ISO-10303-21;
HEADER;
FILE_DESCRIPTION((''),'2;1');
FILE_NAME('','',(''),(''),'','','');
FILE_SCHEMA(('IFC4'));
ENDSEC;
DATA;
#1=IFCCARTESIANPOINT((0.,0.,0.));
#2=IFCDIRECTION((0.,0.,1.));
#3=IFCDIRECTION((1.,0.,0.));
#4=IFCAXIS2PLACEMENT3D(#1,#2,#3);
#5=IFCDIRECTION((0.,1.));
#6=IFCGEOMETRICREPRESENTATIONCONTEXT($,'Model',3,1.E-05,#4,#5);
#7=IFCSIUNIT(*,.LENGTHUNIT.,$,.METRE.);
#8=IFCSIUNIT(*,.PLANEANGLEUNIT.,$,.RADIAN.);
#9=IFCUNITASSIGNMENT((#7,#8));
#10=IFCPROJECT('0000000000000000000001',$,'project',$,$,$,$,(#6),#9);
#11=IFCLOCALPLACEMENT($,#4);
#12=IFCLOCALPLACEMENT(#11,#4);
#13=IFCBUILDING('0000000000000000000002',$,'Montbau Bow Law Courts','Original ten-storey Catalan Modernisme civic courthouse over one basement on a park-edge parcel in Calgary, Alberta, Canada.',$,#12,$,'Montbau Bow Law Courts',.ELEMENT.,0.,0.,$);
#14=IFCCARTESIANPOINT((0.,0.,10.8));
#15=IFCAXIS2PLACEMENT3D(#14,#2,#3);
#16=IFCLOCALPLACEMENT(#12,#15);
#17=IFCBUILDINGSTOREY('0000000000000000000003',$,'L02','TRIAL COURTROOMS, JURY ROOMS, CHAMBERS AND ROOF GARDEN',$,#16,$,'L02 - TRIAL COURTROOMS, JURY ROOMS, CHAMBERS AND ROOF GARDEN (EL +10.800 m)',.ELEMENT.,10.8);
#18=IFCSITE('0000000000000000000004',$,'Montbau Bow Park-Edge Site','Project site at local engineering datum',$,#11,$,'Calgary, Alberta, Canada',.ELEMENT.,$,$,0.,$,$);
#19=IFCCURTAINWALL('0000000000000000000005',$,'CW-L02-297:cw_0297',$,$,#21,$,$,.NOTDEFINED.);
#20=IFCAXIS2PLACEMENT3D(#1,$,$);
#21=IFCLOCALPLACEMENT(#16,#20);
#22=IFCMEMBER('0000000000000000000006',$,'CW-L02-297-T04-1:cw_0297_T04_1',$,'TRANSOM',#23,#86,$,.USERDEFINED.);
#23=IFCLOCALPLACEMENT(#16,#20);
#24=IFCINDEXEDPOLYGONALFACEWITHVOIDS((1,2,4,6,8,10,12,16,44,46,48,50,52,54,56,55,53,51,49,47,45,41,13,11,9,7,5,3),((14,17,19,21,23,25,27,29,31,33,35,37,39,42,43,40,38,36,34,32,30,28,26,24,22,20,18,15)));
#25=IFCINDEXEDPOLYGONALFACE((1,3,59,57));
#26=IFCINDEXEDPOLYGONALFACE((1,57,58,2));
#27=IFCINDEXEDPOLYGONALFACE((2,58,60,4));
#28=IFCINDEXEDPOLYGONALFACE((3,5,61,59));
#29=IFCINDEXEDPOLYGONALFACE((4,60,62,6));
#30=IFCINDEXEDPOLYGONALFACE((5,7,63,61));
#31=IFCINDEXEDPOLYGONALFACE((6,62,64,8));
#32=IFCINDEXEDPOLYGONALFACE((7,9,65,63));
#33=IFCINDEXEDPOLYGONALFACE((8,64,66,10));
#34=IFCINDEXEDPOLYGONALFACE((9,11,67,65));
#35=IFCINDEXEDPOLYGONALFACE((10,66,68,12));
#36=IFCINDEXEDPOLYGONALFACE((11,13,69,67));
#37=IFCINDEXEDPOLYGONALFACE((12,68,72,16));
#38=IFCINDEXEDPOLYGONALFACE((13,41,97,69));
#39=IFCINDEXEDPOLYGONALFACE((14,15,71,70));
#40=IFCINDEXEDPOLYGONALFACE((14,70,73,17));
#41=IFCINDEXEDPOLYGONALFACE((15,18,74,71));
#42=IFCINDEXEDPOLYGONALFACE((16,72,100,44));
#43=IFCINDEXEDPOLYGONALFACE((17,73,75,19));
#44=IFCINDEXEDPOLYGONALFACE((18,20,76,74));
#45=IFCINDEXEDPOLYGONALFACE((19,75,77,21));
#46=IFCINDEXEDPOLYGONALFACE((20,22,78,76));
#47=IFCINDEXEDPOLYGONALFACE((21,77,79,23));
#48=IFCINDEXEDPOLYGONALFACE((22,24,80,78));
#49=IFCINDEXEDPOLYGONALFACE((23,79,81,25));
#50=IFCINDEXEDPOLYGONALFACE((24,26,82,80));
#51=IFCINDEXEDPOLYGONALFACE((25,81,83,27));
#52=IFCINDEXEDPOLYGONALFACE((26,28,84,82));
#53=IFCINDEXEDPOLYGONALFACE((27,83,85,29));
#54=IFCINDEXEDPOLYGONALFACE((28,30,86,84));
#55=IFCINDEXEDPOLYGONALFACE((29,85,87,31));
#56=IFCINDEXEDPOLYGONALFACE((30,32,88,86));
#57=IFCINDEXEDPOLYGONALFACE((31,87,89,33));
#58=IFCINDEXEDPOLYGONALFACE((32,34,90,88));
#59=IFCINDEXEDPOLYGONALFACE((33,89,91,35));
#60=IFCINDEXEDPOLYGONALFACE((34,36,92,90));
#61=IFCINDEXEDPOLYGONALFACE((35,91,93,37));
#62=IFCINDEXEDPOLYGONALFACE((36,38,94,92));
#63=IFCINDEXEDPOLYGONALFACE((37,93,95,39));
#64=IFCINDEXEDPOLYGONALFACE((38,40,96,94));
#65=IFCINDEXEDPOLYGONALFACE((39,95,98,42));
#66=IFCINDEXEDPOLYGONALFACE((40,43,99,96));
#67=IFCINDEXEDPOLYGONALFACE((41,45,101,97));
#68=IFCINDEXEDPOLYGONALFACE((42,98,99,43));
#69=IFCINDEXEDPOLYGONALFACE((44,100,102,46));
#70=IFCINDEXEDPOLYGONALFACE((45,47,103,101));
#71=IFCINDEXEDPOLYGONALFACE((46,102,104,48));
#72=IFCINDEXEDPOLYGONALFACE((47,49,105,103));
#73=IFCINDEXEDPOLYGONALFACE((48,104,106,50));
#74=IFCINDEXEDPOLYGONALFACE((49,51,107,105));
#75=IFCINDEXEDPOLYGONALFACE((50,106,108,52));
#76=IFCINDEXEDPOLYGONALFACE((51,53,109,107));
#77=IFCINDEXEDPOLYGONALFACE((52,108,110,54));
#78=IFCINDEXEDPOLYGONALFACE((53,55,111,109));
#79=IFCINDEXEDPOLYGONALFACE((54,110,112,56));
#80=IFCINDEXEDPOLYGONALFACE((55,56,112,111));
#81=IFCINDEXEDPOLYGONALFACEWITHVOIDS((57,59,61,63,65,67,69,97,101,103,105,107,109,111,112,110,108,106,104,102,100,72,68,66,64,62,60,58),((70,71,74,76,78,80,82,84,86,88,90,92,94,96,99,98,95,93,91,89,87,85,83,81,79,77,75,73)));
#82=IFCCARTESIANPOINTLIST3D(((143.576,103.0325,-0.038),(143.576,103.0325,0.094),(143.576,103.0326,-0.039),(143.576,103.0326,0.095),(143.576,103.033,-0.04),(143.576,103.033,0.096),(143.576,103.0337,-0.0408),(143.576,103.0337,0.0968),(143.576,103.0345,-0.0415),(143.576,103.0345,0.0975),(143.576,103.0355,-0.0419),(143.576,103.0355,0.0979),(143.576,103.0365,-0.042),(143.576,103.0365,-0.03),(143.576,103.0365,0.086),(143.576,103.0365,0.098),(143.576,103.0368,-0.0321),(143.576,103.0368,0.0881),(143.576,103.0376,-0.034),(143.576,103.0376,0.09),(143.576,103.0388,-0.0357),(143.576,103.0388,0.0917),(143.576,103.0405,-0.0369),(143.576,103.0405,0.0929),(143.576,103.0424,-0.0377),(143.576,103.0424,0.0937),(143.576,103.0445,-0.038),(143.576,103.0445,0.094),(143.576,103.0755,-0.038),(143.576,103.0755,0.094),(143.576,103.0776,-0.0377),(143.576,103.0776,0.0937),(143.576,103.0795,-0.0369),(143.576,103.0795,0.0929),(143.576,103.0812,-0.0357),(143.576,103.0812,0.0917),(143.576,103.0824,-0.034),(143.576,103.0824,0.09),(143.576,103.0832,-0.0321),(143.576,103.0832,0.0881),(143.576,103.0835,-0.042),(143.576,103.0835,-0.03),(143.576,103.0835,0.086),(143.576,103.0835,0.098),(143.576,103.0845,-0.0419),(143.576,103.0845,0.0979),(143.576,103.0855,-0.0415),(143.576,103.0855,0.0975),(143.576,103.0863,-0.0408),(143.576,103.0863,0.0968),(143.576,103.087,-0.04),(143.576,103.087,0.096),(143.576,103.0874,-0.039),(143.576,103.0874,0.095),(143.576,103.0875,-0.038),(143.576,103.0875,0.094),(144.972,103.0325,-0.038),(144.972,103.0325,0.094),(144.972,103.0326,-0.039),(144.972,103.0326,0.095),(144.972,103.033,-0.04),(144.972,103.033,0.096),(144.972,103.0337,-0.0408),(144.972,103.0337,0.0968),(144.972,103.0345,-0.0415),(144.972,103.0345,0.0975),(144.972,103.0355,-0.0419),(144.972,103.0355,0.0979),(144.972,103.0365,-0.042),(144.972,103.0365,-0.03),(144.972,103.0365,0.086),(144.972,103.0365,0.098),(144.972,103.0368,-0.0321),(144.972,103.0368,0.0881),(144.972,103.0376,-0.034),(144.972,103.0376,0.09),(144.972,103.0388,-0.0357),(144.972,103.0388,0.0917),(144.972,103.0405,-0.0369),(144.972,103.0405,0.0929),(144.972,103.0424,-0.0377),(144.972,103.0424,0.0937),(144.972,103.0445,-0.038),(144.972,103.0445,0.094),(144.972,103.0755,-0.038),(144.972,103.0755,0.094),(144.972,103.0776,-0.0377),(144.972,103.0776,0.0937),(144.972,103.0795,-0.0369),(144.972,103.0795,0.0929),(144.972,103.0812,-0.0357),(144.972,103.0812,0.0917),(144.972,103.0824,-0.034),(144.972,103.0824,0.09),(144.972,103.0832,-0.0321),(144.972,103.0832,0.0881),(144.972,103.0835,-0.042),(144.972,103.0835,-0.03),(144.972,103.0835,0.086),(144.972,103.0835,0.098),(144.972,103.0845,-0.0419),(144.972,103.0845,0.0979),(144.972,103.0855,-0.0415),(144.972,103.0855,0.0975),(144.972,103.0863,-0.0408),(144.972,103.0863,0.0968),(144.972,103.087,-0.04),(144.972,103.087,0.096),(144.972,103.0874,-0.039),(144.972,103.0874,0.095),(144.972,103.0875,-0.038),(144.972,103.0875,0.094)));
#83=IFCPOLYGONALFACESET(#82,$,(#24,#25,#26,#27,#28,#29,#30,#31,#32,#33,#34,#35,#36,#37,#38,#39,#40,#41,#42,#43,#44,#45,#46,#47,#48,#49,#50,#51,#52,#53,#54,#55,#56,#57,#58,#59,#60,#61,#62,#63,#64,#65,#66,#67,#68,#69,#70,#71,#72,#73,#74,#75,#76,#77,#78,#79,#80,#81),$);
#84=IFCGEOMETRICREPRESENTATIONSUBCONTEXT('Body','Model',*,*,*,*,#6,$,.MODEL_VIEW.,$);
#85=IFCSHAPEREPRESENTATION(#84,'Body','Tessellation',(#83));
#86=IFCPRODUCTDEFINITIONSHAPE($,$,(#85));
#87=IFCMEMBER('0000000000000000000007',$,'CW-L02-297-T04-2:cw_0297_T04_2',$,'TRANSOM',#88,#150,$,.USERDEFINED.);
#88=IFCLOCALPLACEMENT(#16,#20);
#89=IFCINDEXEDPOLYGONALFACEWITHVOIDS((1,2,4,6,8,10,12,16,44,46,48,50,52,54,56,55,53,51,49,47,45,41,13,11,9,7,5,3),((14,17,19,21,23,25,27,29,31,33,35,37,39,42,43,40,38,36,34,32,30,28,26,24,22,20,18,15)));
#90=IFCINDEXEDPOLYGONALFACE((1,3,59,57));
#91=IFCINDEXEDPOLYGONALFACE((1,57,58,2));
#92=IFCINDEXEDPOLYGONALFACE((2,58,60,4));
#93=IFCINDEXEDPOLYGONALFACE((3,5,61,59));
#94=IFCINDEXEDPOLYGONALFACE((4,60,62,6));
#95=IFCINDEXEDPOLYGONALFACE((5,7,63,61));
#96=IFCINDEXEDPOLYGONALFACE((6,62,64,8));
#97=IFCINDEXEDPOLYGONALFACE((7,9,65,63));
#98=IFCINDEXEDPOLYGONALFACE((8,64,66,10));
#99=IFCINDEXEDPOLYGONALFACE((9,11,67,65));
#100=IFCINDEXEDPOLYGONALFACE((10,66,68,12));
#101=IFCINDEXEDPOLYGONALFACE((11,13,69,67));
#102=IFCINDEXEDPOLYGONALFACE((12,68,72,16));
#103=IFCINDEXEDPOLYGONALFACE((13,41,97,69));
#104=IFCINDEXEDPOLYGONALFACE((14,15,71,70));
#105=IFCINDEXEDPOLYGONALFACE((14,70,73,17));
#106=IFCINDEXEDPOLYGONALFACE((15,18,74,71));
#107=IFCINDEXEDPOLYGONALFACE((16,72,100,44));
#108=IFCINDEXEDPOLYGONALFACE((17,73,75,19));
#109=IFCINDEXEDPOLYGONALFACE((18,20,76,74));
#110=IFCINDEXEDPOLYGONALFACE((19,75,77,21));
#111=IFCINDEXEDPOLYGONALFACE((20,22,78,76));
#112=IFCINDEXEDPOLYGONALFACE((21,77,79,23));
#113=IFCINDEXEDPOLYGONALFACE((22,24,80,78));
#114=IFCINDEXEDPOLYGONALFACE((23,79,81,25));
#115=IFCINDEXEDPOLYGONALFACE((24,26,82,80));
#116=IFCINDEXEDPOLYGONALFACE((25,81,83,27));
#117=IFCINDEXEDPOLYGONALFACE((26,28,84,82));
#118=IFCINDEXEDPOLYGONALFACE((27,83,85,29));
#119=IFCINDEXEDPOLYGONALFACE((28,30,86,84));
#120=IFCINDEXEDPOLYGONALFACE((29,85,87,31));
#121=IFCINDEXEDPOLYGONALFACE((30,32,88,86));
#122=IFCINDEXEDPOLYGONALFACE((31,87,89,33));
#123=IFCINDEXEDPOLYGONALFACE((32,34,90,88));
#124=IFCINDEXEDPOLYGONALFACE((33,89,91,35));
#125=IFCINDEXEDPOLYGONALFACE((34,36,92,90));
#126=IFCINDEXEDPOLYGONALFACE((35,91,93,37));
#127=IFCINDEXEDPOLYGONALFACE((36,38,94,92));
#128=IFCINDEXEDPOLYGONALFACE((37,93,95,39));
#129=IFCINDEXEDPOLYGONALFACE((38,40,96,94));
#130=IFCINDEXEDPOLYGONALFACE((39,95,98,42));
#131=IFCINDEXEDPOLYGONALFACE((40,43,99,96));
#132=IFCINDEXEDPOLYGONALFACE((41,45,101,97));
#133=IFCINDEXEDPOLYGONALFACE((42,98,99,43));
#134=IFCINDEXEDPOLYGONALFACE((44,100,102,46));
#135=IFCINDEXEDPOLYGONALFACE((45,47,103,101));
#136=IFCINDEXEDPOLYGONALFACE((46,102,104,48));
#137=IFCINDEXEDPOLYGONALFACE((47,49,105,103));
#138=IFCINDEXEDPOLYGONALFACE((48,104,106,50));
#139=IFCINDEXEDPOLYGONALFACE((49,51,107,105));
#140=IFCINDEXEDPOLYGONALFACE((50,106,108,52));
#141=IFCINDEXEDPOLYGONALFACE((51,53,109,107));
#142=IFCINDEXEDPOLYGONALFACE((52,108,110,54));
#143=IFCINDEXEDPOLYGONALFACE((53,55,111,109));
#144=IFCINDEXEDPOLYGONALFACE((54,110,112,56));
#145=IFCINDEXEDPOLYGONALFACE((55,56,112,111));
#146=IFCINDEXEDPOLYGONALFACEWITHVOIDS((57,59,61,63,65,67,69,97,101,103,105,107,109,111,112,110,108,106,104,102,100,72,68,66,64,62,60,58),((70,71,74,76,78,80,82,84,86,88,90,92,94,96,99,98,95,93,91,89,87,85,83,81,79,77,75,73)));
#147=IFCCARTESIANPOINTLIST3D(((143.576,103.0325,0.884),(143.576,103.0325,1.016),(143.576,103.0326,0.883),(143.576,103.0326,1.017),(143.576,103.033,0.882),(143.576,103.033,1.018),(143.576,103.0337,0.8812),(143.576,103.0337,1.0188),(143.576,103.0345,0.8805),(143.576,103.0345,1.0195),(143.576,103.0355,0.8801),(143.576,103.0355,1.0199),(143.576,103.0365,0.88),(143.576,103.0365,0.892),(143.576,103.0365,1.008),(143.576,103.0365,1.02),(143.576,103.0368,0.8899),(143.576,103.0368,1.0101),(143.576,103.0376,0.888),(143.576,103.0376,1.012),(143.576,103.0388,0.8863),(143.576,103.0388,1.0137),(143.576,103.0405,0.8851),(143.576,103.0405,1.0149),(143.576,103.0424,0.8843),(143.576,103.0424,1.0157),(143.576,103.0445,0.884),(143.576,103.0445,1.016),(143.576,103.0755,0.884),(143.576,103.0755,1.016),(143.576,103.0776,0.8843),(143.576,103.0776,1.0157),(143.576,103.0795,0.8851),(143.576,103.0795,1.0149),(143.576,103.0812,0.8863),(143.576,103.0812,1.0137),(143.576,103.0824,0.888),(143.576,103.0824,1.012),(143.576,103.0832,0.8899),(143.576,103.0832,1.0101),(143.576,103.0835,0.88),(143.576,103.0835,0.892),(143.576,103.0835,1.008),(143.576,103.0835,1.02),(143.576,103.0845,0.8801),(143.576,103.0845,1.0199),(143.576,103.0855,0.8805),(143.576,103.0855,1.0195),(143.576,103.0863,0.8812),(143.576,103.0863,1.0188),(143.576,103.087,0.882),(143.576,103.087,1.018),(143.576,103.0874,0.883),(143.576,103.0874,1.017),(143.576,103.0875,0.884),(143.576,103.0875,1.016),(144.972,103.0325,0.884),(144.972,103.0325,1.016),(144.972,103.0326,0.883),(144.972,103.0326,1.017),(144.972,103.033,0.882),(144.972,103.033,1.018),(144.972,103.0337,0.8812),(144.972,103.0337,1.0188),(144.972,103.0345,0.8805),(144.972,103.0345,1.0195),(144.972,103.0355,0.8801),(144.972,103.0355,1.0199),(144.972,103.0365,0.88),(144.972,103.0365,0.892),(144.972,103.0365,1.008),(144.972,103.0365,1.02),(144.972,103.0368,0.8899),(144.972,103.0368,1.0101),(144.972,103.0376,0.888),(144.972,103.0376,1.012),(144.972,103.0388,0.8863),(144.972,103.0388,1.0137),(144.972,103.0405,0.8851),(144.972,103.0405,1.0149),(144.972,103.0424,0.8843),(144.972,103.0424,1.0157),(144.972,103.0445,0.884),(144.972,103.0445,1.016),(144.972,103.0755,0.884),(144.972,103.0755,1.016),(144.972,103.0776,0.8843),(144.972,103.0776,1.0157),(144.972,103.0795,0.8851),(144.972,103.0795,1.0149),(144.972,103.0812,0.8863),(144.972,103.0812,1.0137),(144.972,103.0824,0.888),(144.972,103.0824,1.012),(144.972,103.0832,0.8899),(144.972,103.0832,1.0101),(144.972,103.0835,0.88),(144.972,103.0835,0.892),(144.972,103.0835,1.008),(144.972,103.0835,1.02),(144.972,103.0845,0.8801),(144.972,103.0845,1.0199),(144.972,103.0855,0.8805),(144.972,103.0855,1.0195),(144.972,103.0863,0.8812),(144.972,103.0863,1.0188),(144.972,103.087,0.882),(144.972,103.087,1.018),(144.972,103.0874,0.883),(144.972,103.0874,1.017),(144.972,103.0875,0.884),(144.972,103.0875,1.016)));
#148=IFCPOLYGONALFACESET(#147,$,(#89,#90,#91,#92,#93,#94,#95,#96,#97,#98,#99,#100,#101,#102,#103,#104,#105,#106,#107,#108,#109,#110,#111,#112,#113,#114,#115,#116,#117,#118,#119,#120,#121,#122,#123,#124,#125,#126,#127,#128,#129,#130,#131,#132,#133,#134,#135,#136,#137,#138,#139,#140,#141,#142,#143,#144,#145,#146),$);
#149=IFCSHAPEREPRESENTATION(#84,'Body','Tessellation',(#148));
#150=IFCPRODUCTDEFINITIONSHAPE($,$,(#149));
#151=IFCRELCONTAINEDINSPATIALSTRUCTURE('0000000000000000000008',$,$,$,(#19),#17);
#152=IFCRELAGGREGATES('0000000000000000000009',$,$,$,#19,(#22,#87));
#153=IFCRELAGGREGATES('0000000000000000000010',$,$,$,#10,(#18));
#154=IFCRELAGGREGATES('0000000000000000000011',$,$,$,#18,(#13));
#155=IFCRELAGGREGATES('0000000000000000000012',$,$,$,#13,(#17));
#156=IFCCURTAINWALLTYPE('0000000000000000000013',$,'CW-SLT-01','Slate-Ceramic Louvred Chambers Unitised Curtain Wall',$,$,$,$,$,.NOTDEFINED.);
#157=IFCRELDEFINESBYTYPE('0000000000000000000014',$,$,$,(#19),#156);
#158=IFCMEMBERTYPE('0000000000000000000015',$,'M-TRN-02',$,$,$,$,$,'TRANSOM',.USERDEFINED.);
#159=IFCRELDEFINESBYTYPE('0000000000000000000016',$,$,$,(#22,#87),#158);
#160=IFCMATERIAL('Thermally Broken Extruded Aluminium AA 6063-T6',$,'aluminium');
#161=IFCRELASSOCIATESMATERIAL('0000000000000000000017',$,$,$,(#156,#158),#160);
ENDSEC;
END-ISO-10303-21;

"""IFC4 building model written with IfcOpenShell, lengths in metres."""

from ifc_helpers import new_model, si_unit, direction, frame, origin_with_axes, origin_2d_with_axis, place, context, subcontext, project, spatial, hollow_rectangle, extrude, material, material_profile, profile_set, type_object, element, aggregate, save


model = new_model("IFC4")

# Units and contexts
model_context = context("Model", 3, precision=1e-05, world=origin_with_axes(), true_north=direction((0.0, 1.0)))
body_context = subcontext(model_context, "Body", "Model", "MODEL_VIEW")
ifc_project = project(units=[si_unit("LENGTHUNIT", "METRE"), si_unit("PLANEANGLEUNIT", "RADIAN")], contexts=[model_context])

# Site, building, storey
site_placement = place(None, origin_with_axes())
site = spatial("IfcSite", under=ifc_project, at=site_placement, Name="Montbau Bow Park-Edge Site", Description="Project site at local engineering datum", LongName="Calgary, Alberta, Canada", CompositionType="ELEMENT", RefElevation=0.0)
building_placement = place(site_placement, origin_with_axes())
building = spatial("IfcBuilding", under=site, at=building_placement, Name="Montbau Bow Law Courts", Description="Original ten-storey Catalan Modernisme civic courthouse over one basement on a park-edge parcel in Calgary, Alberta, Canada.", LongName="Montbau Bow Law Courts", CompositionType="ELEMENT", ElevationOfRefHeight=0.0, ElevationOfTerrain=0.0)
storey_placement = place(building_placement, frame((0.0, 0.0, 10.8), z_axis=(0.0, 0.0, 1.0), x_axis=(1.0, 0.0, 0.0)))
storey = spatial("IfcBuildingStorey", under=building, at=storey_placement, Name="L02", Description="TRIAL COURTROOMS, JURY ROOMS, CHAMBERS AND ROOF GARDEN", LongName="L02 - TRIAL COURTROOMS, JURY ROOMS, CHAMBERS AND ROOF GARDEN (EL +10.800 m)", CompositionType="ELEMENT", Elevation=10.8)

# Curtain wall
ifc_material_1 = material(Name="Thermally Broken Extruded Aluminium AA 6063-T6", Category="aluminium")
curtain_wall_type = type_object("IfcCurtainWallType", Name="CW-SLT-01", Description="Slate-Ceramic Louvred Chambers Unitised Curtain Wall", PredefinedType="NOTDEFINED", material=ifc_material_1)
curtain_wall_1_placement = place(None, frame((139.115, 103.06, 10.8), z_axis=(0.0, 0.0, 1.0), x_axis=(1.0, 0.0, 0.0)))
curtain_wall_1 = element("IfcCurtainWall", 1, at=curtain_wall_1_placement, inside=storey, type_object=curtain_wall_type, Name="CW-L02-297:cw_0297", PredefinedType="NOTDEFINED")

# Members
ifc_material_profile_1 = material_profile(ifc_material_1, hollow_rectangle(XDim=0.055, YDim=0.14, WallThickness=0.004, InnerFilletRadius=0.008, OuterFilletRadius=0.004, at=origin_2d_with_axis()), Name="CWT-140X55", Category="Main", Priority=0)
ifc_profile_set_1 = profile_set([ifc_material_profile_1], Name="Thermally Broken Extruded Aluminium AA 6063-T6")
member_type_1 = type_object("IfcMemberType", Name="M-TRN-02", ElementType="TRANSOM", PredefinedType="USERDEFINED", material=ifc_profile_set_1)
member_1_placement = place(None, frame((143.576, 103.06, 10.828), z_axis=(1.0, 0.0, 0.0), x_axis=(0.0, 1.0, 0.0)))
member_1 = element("IfcMember", 2, at=member_1_placement, type_object=member_type_1, Name="CW-L02-297-T04-1:cw_0297_T04_1", ObjectType="TRANSOM", PredefinedType="USERDEFINED", context=body_context, shape_type="SweptSolid", body=[
    extrude(hollow_rectangle(XDim=0.055, YDim=0.14, WallThickness=0.004, InnerFilletRadius=0.008, OuterFilletRadius=0.004, at=origin_2d_with_axis()), origin_with_axes(), (0.0, 0.0, 1.0), 1.396),
])
member_2_placement = place(None, frame((143.576, 103.06, 11.75), z_axis=(1.0, 0.0, 0.0), x_axis=(0.0, 1.0, 0.0)))
member_2 = element("IfcMember", 3, at=member_2_placement, type_object=member_type_1, Name="CW-L02-297-T04-2:cw_0297_T04_2", ObjectType="TRANSOM", PredefinedType="USERDEFINED", context=body_context, shape_type="SweptSolid", body=[
    extrude(hollow_rectangle(XDim=0.055, YDim=0.14, WallThickness=0.004, InnerFilletRadius=0.008, OuterFilletRadius=0.004, at=origin_2d_with_axis()), origin_with_axes(), (0.0, 0.0, 1.0), 1.396),
])

aggregate(curtain_wall_1, [member_1, member_2])

save(model, "model.ifc")
